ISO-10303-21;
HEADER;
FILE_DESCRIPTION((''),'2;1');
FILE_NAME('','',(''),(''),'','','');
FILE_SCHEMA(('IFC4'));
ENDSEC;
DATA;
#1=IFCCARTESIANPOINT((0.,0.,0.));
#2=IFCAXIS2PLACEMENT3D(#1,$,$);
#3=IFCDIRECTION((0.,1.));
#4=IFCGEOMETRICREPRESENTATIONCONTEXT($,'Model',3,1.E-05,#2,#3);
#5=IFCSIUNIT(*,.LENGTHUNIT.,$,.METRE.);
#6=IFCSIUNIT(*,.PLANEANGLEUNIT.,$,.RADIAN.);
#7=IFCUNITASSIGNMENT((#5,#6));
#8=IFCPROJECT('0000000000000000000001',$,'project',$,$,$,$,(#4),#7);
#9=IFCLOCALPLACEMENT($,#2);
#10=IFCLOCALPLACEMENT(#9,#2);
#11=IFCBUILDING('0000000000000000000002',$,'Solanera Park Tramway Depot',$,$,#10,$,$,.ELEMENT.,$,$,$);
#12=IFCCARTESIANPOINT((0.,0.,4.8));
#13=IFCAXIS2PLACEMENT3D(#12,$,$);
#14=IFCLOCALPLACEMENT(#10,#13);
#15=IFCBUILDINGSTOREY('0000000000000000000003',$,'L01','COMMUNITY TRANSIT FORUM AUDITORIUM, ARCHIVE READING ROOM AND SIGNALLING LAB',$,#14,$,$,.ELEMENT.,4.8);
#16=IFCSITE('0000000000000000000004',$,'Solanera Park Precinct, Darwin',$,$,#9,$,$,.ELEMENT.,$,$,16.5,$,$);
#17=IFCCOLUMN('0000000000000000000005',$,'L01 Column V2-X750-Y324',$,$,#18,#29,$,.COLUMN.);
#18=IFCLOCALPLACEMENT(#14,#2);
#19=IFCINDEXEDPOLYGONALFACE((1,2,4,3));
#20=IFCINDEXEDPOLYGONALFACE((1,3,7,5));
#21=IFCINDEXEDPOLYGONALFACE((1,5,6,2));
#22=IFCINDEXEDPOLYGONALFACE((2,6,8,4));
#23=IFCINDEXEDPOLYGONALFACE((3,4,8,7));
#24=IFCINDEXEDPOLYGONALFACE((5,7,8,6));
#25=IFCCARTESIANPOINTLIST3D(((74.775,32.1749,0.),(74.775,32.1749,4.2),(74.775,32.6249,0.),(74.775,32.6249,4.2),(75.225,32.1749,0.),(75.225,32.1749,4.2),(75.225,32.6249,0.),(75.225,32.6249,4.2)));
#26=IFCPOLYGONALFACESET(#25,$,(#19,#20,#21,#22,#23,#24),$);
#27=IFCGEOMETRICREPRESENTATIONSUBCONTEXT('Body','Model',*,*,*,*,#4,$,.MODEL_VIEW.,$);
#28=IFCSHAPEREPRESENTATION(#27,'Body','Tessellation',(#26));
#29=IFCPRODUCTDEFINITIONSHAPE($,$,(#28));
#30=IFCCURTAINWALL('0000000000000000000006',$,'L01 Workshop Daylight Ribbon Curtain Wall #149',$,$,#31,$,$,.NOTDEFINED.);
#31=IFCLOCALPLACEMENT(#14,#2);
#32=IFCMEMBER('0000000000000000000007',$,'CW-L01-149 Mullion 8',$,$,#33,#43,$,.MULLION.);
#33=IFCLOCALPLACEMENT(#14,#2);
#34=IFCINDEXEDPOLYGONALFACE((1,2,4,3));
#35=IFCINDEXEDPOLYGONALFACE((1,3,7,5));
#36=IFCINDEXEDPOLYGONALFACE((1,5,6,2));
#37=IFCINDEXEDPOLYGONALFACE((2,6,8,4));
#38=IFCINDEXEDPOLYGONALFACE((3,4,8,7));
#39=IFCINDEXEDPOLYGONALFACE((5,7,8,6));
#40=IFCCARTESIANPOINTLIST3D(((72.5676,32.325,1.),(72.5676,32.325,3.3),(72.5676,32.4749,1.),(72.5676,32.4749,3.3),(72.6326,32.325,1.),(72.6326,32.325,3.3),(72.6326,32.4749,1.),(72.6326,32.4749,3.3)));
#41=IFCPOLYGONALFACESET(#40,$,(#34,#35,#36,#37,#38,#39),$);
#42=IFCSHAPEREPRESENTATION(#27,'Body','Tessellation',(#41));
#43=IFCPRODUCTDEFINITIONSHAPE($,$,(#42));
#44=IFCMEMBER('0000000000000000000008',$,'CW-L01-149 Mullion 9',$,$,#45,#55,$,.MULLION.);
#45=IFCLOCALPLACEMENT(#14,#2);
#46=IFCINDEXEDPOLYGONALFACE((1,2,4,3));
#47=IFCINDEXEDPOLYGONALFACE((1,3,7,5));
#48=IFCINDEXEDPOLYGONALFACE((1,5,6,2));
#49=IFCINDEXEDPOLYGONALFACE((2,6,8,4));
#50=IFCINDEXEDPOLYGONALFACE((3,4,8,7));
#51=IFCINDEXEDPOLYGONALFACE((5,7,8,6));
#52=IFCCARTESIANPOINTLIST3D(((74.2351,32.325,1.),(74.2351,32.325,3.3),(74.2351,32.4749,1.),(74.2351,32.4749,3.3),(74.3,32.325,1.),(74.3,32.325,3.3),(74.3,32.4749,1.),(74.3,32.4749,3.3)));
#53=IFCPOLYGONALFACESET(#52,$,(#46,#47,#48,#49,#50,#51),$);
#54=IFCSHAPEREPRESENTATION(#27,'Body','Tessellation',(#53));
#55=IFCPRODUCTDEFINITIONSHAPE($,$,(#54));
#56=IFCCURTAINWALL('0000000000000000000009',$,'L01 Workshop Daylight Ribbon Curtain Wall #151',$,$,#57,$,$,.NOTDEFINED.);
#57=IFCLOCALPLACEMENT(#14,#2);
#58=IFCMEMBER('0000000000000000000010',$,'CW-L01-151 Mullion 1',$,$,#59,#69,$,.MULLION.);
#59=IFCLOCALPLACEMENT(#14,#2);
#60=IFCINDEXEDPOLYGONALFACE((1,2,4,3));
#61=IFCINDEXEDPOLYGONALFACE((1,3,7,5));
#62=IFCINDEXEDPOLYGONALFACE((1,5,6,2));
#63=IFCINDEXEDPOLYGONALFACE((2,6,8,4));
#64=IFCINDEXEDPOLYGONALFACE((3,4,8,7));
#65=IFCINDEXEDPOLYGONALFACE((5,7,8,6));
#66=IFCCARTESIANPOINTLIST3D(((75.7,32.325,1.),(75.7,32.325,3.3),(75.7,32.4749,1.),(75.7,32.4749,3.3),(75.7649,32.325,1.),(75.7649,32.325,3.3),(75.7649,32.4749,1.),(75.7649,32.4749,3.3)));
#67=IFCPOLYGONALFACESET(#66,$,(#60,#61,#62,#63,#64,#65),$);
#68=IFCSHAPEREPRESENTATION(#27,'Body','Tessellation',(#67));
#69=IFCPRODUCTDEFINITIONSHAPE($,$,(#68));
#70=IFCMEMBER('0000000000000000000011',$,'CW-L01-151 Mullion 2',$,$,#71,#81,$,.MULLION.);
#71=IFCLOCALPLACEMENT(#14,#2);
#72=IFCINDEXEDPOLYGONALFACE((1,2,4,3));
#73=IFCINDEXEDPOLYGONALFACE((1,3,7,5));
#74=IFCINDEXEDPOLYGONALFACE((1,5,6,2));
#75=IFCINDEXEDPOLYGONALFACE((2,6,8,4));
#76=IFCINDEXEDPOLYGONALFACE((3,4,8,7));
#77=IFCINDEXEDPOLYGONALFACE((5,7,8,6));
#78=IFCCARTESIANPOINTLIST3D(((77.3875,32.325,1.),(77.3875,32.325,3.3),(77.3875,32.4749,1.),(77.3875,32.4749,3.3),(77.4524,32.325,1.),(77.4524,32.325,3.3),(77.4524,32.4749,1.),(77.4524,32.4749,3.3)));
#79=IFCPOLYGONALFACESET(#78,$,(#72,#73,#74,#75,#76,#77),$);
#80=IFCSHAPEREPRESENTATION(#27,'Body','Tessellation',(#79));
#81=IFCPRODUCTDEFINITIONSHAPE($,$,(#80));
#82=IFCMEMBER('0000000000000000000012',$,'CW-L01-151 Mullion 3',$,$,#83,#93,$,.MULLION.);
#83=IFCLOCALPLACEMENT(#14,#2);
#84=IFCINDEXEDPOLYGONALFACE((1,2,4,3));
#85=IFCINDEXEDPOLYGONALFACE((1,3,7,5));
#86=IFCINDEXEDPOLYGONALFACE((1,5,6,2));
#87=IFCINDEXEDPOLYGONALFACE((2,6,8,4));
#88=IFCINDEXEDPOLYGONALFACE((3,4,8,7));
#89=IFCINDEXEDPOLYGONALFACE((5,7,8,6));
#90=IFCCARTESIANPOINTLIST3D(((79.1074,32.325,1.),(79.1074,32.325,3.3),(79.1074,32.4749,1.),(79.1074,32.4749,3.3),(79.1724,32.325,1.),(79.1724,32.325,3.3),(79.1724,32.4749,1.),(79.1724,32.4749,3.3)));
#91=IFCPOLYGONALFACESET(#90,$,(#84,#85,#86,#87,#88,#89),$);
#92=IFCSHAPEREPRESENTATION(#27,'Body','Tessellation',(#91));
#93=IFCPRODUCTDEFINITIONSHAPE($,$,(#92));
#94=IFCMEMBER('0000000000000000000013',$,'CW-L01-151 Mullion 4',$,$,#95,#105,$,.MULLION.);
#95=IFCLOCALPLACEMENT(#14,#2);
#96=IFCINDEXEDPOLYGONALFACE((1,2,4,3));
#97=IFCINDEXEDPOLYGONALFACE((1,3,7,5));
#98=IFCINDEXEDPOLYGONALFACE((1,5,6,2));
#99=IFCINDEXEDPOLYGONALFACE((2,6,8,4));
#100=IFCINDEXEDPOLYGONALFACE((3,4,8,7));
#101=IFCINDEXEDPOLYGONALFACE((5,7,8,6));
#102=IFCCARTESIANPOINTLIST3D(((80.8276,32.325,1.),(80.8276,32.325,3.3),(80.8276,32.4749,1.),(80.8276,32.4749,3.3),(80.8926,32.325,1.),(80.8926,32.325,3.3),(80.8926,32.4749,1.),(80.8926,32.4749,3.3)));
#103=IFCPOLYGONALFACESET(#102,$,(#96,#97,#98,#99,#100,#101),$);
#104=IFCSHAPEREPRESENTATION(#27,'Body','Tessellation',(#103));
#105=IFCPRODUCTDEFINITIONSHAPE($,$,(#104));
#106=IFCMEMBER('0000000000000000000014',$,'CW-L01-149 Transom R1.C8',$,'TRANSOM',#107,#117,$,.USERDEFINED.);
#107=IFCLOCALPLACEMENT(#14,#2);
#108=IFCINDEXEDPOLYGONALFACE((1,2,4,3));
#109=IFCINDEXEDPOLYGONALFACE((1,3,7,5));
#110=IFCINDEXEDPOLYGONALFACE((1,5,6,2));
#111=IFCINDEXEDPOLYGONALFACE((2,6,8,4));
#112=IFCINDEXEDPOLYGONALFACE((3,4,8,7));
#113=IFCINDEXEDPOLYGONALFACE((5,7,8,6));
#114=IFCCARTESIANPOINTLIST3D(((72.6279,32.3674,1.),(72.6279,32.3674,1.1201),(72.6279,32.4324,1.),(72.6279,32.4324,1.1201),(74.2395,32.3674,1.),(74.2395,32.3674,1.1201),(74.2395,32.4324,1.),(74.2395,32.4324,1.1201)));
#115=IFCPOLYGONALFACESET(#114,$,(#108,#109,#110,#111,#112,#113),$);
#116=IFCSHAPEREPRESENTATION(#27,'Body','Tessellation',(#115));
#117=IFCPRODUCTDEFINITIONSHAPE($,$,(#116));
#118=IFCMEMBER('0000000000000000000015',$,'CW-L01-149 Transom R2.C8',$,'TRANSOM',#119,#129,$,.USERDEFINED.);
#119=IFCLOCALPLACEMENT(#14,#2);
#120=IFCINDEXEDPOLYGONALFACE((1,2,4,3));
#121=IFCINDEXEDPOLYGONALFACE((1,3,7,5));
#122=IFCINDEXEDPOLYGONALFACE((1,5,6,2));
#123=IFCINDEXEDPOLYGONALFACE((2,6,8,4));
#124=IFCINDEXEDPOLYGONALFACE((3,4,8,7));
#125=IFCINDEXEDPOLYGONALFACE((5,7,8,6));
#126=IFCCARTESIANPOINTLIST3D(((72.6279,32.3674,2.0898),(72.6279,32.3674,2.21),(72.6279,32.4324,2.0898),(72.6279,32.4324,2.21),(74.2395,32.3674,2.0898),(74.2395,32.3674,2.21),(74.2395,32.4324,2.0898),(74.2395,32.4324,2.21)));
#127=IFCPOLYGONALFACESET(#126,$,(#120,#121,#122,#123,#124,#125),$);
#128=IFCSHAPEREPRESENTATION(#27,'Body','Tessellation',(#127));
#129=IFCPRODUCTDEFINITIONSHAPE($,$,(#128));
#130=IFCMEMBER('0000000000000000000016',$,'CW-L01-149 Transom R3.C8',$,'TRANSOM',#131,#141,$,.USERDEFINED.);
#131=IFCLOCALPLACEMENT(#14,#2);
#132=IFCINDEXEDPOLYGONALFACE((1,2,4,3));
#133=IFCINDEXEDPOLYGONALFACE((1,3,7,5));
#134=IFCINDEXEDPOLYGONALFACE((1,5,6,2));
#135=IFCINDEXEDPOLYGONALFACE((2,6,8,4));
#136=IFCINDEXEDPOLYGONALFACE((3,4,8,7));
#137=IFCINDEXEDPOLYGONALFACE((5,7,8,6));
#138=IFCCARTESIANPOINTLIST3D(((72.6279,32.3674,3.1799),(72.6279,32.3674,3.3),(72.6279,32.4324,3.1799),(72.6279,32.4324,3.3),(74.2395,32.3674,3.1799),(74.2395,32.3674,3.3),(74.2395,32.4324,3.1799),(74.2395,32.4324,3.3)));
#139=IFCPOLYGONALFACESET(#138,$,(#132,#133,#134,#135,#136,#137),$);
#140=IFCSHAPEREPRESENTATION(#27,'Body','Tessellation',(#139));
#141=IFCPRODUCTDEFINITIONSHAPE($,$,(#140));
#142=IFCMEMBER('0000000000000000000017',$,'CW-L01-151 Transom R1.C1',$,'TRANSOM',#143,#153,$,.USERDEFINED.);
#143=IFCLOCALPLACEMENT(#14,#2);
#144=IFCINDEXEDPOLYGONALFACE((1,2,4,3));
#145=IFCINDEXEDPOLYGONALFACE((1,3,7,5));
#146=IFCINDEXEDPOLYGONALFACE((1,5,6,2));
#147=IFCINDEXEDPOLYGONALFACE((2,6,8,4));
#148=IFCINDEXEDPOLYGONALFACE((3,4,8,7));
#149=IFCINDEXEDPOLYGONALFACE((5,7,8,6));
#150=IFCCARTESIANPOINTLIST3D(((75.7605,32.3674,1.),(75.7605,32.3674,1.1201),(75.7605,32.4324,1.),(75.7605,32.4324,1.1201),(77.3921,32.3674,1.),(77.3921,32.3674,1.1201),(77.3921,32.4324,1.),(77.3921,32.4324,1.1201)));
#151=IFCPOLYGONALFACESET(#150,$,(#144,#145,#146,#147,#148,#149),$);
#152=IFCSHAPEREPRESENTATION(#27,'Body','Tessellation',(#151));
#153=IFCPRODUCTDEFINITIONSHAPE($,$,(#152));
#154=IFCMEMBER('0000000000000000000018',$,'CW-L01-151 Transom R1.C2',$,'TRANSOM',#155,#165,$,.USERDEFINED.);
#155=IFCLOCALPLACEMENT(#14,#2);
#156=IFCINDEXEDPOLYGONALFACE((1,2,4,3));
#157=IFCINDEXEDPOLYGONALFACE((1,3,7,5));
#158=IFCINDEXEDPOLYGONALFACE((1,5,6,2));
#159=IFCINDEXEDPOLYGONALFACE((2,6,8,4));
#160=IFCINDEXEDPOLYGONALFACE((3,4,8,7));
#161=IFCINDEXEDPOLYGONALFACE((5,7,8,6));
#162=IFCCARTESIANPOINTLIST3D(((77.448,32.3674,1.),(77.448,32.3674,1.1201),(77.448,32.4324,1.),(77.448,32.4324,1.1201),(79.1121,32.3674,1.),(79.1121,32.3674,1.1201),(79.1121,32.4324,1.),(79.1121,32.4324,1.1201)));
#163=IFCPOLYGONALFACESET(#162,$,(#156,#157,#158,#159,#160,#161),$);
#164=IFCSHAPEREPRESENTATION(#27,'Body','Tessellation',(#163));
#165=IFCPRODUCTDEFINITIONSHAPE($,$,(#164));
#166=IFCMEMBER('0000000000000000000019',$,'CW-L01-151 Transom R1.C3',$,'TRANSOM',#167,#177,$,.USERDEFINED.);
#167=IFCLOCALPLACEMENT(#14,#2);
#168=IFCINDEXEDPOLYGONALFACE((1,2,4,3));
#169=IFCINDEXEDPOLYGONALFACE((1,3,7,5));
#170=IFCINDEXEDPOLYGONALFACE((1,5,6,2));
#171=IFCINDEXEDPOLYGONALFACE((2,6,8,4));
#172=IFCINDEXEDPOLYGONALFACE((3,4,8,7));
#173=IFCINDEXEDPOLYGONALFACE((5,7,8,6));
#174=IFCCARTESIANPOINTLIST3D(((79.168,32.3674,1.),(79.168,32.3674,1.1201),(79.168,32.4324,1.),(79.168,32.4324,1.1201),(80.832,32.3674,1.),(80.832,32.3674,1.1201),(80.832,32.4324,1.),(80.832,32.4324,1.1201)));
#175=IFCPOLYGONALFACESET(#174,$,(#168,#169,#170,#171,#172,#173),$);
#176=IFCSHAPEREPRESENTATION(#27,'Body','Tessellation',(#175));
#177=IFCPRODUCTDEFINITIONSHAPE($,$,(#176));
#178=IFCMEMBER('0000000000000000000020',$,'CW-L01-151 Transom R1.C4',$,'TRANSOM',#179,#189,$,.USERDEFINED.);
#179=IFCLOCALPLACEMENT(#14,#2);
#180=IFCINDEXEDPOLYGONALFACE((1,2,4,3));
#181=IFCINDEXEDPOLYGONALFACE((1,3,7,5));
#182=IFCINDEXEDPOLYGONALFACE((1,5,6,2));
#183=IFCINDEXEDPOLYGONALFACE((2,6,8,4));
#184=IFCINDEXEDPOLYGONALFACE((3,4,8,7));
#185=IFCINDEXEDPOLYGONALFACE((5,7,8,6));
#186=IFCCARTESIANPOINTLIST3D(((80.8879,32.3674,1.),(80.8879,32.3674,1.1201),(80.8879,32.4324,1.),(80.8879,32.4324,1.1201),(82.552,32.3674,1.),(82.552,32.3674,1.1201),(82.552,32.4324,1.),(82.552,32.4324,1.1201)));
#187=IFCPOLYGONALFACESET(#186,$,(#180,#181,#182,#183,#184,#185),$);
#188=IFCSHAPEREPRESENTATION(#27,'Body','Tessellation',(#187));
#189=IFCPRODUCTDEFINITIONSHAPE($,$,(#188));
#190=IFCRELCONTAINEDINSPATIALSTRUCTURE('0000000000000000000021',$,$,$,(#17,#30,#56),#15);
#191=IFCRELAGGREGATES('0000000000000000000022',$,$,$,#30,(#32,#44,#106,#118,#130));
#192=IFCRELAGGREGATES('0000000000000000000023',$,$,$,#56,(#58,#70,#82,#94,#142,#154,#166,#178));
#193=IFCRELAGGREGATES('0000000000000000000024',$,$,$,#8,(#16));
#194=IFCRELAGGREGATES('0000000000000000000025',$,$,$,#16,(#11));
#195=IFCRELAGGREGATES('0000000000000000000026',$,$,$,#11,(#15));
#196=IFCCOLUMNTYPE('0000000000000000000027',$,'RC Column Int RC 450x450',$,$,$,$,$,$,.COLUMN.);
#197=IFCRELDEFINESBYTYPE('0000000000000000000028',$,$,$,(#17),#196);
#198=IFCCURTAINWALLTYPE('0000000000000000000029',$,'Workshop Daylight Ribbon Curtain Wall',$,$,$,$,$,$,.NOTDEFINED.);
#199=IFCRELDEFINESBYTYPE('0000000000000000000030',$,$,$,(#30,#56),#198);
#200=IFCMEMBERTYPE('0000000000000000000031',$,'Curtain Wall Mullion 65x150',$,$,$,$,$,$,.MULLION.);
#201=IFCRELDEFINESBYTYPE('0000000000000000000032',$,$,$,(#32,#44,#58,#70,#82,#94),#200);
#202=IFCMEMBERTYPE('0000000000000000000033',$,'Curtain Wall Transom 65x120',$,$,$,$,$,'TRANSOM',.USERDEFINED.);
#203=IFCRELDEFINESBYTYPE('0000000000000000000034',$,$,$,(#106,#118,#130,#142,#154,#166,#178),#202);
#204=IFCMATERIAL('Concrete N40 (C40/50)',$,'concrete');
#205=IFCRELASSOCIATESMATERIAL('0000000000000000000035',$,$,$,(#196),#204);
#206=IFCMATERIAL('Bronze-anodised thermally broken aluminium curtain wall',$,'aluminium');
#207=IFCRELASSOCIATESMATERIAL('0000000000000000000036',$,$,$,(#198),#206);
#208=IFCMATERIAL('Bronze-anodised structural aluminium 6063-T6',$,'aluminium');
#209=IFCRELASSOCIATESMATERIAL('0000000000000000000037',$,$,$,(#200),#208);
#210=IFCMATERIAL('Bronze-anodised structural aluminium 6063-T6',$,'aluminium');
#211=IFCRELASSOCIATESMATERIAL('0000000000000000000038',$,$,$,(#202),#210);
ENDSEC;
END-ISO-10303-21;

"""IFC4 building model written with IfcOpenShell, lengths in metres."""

from ifc_helpers import new_model, si_unit, direction, frame, origin, origin_2d, place, context, subcontext, project, spatial, rectangle, extrude, material, material_profile, profile_set, type_object, element, aggregate, save


model = new_model("IFC4")

# Units and contexts
model_context = context("Model", 3, precision=1e-05, world=origin(), true_north=direction((0.0, 1.0)))
body_context = subcontext(model_context, "Body", "Model", "MODEL_VIEW")
ifc_project = project(units=[si_unit("LENGTHUNIT", "METRE"), si_unit("PLANEANGLEUNIT", "RADIAN")], contexts=[model_context])

# Site, building, storey
site_placement = place(None, origin())
site = spatial("IfcSite", under=ifc_project, at=site_placement, Name="Solanera Park Precinct, Darwin", CompositionType="ELEMENT", RefElevation=16.5)
building_placement = place(site_placement, origin())
building = spatial("IfcBuilding", under=site, at=building_placement, Name="Solanera Park Tramway Depot", CompositionType="ELEMENT")
storey_placement = place(building_placement, frame((0.0, 0.0, 4.8)))
storey = spatial("IfcBuildingStorey", under=building, at=storey_placement, Name="L01", Description="COMMUNITY TRANSIT FORUM AUDITORIUM, ARCHIVE READING ROOM AND SIGNALLING LAB", CompositionType="ELEMENT", Elevation=4.8)

# Column
ifc_material_1 = material(Name="Concrete N40 (C40/50)", Category="concrete")
ifc_material_profile_1 = material_profile(ifc_material_1, rectangle(XDim=0.45, YDim=0.45, at=origin_2d()), Name="RC 450x450")
ifc_profile_set_1 = profile_set([ifc_material_profile_1], Name="Concrete N40 (C40/50)")
column_type = type_object("IfcColumnType", Name="RC Column Int RC 450x450", PredefinedType="COLUMN", material=ifc_profile_set_1)
column_placement = place(storey_placement, frame((75.0, 32.3999, 0.0), z_axis=(0.0, 0.0, 1.0), x_axis=(1.0, 0.0, 0.0)))
element("IfcColumn", 1, at=column_placement, inside=storey, type_object=column_type, Name="L01 Column V2-X750-Y324", PredefinedType="COLUMN", context=body_context, shape_type="SweptSolid", body=[
    extrude(rectangle(XDim=0.45, YDim=0.45, at=origin_2d()), origin(), (0.0, 0.0, 1.0), 4.2),
])

# Curtain walls, members
ifc_material_2 = material(Name="Bronze-anodised thermally broken aluminium curtain wall", Category="aluminium")
curtain_wall_type = type_object("IfcCurtainWallType", Name="Workshop Daylight Ribbon Curtain Wall", PredefinedType="NOTDEFINED", material=ifc_material_2)
curtain_wall_1_placement = place(storey_placement, origin())
curtain_wall_1 = element("IfcCurtainWall", 2, at=curtain_wall_1_placement, inside=storey, type_object=curtain_wall_type, Name="L01 Workshop Daylight Ribbon Curtain Wall #149", PredefinedType="NOTDEFINED")
ifc_material_3 = material(Name="Bronze-anodised structural aluminium 6063-T6", Category="aluminium")
ifc_material_profile_2 = material_profile(ifc_material_3, rectangle(XDim=0.0649, YDim=0.1499, at=origin_2d()), Name="Curtain Wall Mullion 65x150")
ifc_profile_set_2 = profile_set([ifc_material_profile_2], Name="Bronze-anodised structural aluminium 6063-T6")
member_type_1 = type_object("IfcMemberType", Name="Curtain Wall Mullion 65x150", PredefinedType="MULLION", material=ifc_profile_set_2)
member_1_placement = place(storey_placement, frame((72.6001, 32.3999, 1.0), z_axis=(0.0, 0.0, 1.0), x_axis=(1.0, 0.0, 0.0)))
member_1 = element("IfcMember", 3, at=member_1_placement, type_object=member_type_1, Name="CW-L01-149 Mullion 8", PredefinedType="MULLION", context=body_context, shape_type="SweptSolid", body=[
    extrude(rectangle(XDim=0.0649, YDim=0.1499, at=origin_2d()), origin(), (0.0, 0.0, 1.0), 2.3),
])
member_2_placement = place(storey_placement, frame((74.2676, 32.3999, 1.0), z_axis=(0.0, 0.0, 1.0), x_axis=(1.0, 0.0, 0.0)))
member_2 = element("IfcMember", 4, at=member_2_placement, type_object=member_type_1, Name="CW-L01-149 Mullion 9", PredefinedType="MULLION", context=body_context, shape_type="SweptSolid", body=[
    extrude(rectangle(XDim=0.0649, YDim=0.1499, at=origin_2d()), origin(), (0.0, 0.0, 1.0), 2.3),
])
curtain_wall_2_placement = place(storey_placement, origin())
curtain_wall_2 = element("IfcCurtainWall", 5, at=curtain_wall_2_placement, inside=storey, type_object=curtain_wall_type, Name="L01 Workshop Daylight Ribbon Curtain Wall #151", PredefinedType="NOTDEFINED")
member_3_placement = place(storey_placement, frame((75.7324, 32.3999, 1.0), z_axis=(0.0, 0.0, 1.0), x_axis=(1.0, 0.0, 0.0)))
member_3 = element("IfcMember", 6, at=member_3_placement, type_object=member_type_1, Name="CW-L01-151 Mullion 1", PredefinedType="MULLION", context=body_context, shape_type="SweptSolid", body=[
    extrude(rectangle(XDim=0.0649, YDim=0.1499, at=origin_2d()), origin(), (0.0, 0.0, 1.0), 2.3),
])
member_4_placement = place(storey_placement, frame((77.4199, 32.3999, 1.0), z_axis=(0.0, 0.0, 1.0), x_axis=(1.0, 0.0, 0.0)))
member_4 = element("IfcMember", 7, at=member_4_placement, type_object=member_type_1, Name="CW-L01-151 Mullion 2", PredefinedType="MULLION", context=body_context, shape_type="SweptSolid", body=[
    extrude(rectangle(XDim=0.0649, YDim=0.1499, at=origin_2d()), origin(), (0.0, 0.0, 1.0), 2.3),
])
member_5_placement = place(storey_placement, frame((79.1399, 32.3999, 1.0), z_axis=(0.0, 0.0, 1.0), x_axis=(1.0, 0.0, 0.0)))
member_5 = element("IfcMember", 8, at=member_5_placement, type_object=member_type_1, Name="CW-L01-151 Mullion 3", PredefinedType="MULLION", context=body_context, shape_type="SweptSolid", body=[
    extrude(rectangle(XDim=0.0649, YDim=0.1499, at=origin_2d()), origin(), (0.0, 0.0, 1.0), 2.3),
])
member_6_placement = place(storey_placement, frame((80.8601, 32.3999, 1.0), z_axis=(0.0, 0.0, 1.0), x_axis=(1.0, 0.0, 0.0)))
member_6 = element("IfcMember", 9, at=member_6_placement, type_object=member_type_1, Name="CW-L01-151 Mullion 4", PredefinedType="MULLION", context=body_context, shape_type="SweptSolid", body=[
    extrude(rectangle(XDim=0.0649, YDim=0.1499, at=origin_2d()), origin(), (0.0, 0.0, 1.0), 2.3),
])

# Members
ifc_material_4 = material(Name="Bronze-anodised structural aluminium 6063-T6", Category="aluminium")
ifc_material_profile_3 = material_profile(ifc_material_4, rectangle(XDim=0.0649, YDim=0.1201, at=origin_2d()), Name="Curtain Wall Transom 65x120")
ifc_profile_set_3 = profile_set([ifc_material_profile_3], Name="Bronze-anodised structural aluminium 6063-T6")
member_type_2 = type_object("IfcMemberType", Name="Curtain Wall Transom 65x120", ElementType="TRANSOM", PredefinedType="USERDEFINED", material=ifc_profile_set_3)
member_7_placement = place(storey_placement, frame((72.6279, 32.3999, 1.0601), z_axis=(1.0, 0.0, 0.0), x_axis=(0.0, 1.0, 0.0)))
member_7 = element("IfcMember", 10, at=member_7_placement, type_object=member_type_2, Name="CW-L01-149 Transom R1.C8", ObjectType="TRANSOM", PredefinedType="USERDEFINED", context=body_context, shape_type="SweptSolid", body=[
    extrude(rectangle(XDim=0.0649, YDim=0.1201, at=origin_2d()), origin(), (0.0, 0.0, 1.0), 1.6116),
])
member_8_placement = place(storey_placement, frame((72.6279, 32.3999, 2.1499), z_axis=(1.0, 0.0, 0.0), x_axis=(0.0, 1.0, 0.0)))
member_8 = element("IfcMember", 11, at=member_8_placement, type_object=member_type_2, Name="CW-L01-149 Transom R2.C8", ObjectType="TRANSOM", PredefinedType="USERDEFINED", context=body_context, shape_type="SweptSolid", body=[
    extrude(rectangle(XDim=0.0649, YDim=0.1201, at=origin_2d()), origin(), (0.0, 0.0, 1.0), 1.6116),
])
member_9_placement = place(storey_placement, frame((72.6279, 32.3999, 3.24), z_axis=(1.0, 0.0, 0.0), x_axis=(0.0, 1.0, 0.0)))
member_9 = element("IfcMember", 12, at=member_9_placement, type_object=member_type_2, Name="CW-L01-149 Transom R3.C8", ObjectType="TRANSOM", PredefinedType="USERDEFINED", context=body_context, shape_type="SweptSolid", body=[
    extrude(rectangle(XDim=0.0649, YDim=0.1201, at=origin_2d()), origin(), (0.0, 0.0, 1.0), 1.6116),
])
member_10_placement = place(storey_placement, frame((75.7605, 32.3999, 1.0601), z_axis=(1.0, 0.0, 0.0), x_axis=(0.0, 1.0, 0.0)))
member_10 = element("IfcMember", 13, at=member_10_placement, type_object=member_type_2, Name="CW-L01-151 Transom R1.C1", ObjectType="TRANSOM", PredefinedType="USERDEFINED", context=body_context, shape_type="SweptSolid", body=[
    extrude(rectangle(XDim=0.0649, YDim=0.1201, at=origin_2d()), origin(), (0.0, 0.0, 1.0), 1.6316),
])
member_11_placement = place(storey_placement, frame((77.448, 32.3999, 1.0601), z_axis=(1.0, 0.0, 0.0), x_axis=(0.0, 1.0, 0.0)))
member_11 = element("IfcMember", 14, at=member_11_placement, type_object=member_type_2, Name="CW-L01-151 Transom R1.C2", ObjectType="TRANSOM", PredefinedType="USERDEFINED", context=body_context, shape_type="SweptSolid", body=[
    extrude(rectangle(XDim=0.0649, YDim=0.1201, at=origin_2d()), origin(), (0.0, 0.0, 1.0), 1.6641),
])
member_12_placement = place(storey_placement, frame((79.168, 32.3999, 1.0601), z_axis=(1.0, 0.0, 0.0), x_axis=(0.0, 1.0, 0.0)))
member_12 = element("IfcMember", 15, at=member_12_placement, type_object=member_type_2, Name="CW-L01-151 Transom R1.C3", ObjectType="TRANSOM", PredefinedType="USERDEFINED", context=body_context, shape_type="SweptSolid", body=[
    extrude(rectangle(XDim=0.0649, YDim=0.1201, at=origin_2d()), origin(), (0.0, 0.0, 1.0), 1.6641),
])
member_13_placement = place(storey_placement, frame((80.8879, 32.3999, 1.0601), z_axis=(1.0, 0.0, 0.0), x_axis=(0.0, 1.0, 0.0)))
member_13 = element("IfcMember", 16, at=member_13_placement, type_object=member_type_2, Name="CW-L01-151 Transom R1.C4", ObjectType="TRANSOM", PredefinedType="USERDEFINED", context=body_context, shape_type="SweptSolid", body=[
    extrude(rectangle(XDim=0.0649, YDim=0.1201, at=origin_2d()), origin(), (0.0, 0.0, 1.0), 1.6641),
])

aggregate(curtain_wall_1, [member_1, member_2, member_7, member_8, member_9])
aggregate(curtain_wall_2, [member_3, member_4, member_5, member_6, member_10, member_11, member_12, member_13])

save(model, "model.ifc")
